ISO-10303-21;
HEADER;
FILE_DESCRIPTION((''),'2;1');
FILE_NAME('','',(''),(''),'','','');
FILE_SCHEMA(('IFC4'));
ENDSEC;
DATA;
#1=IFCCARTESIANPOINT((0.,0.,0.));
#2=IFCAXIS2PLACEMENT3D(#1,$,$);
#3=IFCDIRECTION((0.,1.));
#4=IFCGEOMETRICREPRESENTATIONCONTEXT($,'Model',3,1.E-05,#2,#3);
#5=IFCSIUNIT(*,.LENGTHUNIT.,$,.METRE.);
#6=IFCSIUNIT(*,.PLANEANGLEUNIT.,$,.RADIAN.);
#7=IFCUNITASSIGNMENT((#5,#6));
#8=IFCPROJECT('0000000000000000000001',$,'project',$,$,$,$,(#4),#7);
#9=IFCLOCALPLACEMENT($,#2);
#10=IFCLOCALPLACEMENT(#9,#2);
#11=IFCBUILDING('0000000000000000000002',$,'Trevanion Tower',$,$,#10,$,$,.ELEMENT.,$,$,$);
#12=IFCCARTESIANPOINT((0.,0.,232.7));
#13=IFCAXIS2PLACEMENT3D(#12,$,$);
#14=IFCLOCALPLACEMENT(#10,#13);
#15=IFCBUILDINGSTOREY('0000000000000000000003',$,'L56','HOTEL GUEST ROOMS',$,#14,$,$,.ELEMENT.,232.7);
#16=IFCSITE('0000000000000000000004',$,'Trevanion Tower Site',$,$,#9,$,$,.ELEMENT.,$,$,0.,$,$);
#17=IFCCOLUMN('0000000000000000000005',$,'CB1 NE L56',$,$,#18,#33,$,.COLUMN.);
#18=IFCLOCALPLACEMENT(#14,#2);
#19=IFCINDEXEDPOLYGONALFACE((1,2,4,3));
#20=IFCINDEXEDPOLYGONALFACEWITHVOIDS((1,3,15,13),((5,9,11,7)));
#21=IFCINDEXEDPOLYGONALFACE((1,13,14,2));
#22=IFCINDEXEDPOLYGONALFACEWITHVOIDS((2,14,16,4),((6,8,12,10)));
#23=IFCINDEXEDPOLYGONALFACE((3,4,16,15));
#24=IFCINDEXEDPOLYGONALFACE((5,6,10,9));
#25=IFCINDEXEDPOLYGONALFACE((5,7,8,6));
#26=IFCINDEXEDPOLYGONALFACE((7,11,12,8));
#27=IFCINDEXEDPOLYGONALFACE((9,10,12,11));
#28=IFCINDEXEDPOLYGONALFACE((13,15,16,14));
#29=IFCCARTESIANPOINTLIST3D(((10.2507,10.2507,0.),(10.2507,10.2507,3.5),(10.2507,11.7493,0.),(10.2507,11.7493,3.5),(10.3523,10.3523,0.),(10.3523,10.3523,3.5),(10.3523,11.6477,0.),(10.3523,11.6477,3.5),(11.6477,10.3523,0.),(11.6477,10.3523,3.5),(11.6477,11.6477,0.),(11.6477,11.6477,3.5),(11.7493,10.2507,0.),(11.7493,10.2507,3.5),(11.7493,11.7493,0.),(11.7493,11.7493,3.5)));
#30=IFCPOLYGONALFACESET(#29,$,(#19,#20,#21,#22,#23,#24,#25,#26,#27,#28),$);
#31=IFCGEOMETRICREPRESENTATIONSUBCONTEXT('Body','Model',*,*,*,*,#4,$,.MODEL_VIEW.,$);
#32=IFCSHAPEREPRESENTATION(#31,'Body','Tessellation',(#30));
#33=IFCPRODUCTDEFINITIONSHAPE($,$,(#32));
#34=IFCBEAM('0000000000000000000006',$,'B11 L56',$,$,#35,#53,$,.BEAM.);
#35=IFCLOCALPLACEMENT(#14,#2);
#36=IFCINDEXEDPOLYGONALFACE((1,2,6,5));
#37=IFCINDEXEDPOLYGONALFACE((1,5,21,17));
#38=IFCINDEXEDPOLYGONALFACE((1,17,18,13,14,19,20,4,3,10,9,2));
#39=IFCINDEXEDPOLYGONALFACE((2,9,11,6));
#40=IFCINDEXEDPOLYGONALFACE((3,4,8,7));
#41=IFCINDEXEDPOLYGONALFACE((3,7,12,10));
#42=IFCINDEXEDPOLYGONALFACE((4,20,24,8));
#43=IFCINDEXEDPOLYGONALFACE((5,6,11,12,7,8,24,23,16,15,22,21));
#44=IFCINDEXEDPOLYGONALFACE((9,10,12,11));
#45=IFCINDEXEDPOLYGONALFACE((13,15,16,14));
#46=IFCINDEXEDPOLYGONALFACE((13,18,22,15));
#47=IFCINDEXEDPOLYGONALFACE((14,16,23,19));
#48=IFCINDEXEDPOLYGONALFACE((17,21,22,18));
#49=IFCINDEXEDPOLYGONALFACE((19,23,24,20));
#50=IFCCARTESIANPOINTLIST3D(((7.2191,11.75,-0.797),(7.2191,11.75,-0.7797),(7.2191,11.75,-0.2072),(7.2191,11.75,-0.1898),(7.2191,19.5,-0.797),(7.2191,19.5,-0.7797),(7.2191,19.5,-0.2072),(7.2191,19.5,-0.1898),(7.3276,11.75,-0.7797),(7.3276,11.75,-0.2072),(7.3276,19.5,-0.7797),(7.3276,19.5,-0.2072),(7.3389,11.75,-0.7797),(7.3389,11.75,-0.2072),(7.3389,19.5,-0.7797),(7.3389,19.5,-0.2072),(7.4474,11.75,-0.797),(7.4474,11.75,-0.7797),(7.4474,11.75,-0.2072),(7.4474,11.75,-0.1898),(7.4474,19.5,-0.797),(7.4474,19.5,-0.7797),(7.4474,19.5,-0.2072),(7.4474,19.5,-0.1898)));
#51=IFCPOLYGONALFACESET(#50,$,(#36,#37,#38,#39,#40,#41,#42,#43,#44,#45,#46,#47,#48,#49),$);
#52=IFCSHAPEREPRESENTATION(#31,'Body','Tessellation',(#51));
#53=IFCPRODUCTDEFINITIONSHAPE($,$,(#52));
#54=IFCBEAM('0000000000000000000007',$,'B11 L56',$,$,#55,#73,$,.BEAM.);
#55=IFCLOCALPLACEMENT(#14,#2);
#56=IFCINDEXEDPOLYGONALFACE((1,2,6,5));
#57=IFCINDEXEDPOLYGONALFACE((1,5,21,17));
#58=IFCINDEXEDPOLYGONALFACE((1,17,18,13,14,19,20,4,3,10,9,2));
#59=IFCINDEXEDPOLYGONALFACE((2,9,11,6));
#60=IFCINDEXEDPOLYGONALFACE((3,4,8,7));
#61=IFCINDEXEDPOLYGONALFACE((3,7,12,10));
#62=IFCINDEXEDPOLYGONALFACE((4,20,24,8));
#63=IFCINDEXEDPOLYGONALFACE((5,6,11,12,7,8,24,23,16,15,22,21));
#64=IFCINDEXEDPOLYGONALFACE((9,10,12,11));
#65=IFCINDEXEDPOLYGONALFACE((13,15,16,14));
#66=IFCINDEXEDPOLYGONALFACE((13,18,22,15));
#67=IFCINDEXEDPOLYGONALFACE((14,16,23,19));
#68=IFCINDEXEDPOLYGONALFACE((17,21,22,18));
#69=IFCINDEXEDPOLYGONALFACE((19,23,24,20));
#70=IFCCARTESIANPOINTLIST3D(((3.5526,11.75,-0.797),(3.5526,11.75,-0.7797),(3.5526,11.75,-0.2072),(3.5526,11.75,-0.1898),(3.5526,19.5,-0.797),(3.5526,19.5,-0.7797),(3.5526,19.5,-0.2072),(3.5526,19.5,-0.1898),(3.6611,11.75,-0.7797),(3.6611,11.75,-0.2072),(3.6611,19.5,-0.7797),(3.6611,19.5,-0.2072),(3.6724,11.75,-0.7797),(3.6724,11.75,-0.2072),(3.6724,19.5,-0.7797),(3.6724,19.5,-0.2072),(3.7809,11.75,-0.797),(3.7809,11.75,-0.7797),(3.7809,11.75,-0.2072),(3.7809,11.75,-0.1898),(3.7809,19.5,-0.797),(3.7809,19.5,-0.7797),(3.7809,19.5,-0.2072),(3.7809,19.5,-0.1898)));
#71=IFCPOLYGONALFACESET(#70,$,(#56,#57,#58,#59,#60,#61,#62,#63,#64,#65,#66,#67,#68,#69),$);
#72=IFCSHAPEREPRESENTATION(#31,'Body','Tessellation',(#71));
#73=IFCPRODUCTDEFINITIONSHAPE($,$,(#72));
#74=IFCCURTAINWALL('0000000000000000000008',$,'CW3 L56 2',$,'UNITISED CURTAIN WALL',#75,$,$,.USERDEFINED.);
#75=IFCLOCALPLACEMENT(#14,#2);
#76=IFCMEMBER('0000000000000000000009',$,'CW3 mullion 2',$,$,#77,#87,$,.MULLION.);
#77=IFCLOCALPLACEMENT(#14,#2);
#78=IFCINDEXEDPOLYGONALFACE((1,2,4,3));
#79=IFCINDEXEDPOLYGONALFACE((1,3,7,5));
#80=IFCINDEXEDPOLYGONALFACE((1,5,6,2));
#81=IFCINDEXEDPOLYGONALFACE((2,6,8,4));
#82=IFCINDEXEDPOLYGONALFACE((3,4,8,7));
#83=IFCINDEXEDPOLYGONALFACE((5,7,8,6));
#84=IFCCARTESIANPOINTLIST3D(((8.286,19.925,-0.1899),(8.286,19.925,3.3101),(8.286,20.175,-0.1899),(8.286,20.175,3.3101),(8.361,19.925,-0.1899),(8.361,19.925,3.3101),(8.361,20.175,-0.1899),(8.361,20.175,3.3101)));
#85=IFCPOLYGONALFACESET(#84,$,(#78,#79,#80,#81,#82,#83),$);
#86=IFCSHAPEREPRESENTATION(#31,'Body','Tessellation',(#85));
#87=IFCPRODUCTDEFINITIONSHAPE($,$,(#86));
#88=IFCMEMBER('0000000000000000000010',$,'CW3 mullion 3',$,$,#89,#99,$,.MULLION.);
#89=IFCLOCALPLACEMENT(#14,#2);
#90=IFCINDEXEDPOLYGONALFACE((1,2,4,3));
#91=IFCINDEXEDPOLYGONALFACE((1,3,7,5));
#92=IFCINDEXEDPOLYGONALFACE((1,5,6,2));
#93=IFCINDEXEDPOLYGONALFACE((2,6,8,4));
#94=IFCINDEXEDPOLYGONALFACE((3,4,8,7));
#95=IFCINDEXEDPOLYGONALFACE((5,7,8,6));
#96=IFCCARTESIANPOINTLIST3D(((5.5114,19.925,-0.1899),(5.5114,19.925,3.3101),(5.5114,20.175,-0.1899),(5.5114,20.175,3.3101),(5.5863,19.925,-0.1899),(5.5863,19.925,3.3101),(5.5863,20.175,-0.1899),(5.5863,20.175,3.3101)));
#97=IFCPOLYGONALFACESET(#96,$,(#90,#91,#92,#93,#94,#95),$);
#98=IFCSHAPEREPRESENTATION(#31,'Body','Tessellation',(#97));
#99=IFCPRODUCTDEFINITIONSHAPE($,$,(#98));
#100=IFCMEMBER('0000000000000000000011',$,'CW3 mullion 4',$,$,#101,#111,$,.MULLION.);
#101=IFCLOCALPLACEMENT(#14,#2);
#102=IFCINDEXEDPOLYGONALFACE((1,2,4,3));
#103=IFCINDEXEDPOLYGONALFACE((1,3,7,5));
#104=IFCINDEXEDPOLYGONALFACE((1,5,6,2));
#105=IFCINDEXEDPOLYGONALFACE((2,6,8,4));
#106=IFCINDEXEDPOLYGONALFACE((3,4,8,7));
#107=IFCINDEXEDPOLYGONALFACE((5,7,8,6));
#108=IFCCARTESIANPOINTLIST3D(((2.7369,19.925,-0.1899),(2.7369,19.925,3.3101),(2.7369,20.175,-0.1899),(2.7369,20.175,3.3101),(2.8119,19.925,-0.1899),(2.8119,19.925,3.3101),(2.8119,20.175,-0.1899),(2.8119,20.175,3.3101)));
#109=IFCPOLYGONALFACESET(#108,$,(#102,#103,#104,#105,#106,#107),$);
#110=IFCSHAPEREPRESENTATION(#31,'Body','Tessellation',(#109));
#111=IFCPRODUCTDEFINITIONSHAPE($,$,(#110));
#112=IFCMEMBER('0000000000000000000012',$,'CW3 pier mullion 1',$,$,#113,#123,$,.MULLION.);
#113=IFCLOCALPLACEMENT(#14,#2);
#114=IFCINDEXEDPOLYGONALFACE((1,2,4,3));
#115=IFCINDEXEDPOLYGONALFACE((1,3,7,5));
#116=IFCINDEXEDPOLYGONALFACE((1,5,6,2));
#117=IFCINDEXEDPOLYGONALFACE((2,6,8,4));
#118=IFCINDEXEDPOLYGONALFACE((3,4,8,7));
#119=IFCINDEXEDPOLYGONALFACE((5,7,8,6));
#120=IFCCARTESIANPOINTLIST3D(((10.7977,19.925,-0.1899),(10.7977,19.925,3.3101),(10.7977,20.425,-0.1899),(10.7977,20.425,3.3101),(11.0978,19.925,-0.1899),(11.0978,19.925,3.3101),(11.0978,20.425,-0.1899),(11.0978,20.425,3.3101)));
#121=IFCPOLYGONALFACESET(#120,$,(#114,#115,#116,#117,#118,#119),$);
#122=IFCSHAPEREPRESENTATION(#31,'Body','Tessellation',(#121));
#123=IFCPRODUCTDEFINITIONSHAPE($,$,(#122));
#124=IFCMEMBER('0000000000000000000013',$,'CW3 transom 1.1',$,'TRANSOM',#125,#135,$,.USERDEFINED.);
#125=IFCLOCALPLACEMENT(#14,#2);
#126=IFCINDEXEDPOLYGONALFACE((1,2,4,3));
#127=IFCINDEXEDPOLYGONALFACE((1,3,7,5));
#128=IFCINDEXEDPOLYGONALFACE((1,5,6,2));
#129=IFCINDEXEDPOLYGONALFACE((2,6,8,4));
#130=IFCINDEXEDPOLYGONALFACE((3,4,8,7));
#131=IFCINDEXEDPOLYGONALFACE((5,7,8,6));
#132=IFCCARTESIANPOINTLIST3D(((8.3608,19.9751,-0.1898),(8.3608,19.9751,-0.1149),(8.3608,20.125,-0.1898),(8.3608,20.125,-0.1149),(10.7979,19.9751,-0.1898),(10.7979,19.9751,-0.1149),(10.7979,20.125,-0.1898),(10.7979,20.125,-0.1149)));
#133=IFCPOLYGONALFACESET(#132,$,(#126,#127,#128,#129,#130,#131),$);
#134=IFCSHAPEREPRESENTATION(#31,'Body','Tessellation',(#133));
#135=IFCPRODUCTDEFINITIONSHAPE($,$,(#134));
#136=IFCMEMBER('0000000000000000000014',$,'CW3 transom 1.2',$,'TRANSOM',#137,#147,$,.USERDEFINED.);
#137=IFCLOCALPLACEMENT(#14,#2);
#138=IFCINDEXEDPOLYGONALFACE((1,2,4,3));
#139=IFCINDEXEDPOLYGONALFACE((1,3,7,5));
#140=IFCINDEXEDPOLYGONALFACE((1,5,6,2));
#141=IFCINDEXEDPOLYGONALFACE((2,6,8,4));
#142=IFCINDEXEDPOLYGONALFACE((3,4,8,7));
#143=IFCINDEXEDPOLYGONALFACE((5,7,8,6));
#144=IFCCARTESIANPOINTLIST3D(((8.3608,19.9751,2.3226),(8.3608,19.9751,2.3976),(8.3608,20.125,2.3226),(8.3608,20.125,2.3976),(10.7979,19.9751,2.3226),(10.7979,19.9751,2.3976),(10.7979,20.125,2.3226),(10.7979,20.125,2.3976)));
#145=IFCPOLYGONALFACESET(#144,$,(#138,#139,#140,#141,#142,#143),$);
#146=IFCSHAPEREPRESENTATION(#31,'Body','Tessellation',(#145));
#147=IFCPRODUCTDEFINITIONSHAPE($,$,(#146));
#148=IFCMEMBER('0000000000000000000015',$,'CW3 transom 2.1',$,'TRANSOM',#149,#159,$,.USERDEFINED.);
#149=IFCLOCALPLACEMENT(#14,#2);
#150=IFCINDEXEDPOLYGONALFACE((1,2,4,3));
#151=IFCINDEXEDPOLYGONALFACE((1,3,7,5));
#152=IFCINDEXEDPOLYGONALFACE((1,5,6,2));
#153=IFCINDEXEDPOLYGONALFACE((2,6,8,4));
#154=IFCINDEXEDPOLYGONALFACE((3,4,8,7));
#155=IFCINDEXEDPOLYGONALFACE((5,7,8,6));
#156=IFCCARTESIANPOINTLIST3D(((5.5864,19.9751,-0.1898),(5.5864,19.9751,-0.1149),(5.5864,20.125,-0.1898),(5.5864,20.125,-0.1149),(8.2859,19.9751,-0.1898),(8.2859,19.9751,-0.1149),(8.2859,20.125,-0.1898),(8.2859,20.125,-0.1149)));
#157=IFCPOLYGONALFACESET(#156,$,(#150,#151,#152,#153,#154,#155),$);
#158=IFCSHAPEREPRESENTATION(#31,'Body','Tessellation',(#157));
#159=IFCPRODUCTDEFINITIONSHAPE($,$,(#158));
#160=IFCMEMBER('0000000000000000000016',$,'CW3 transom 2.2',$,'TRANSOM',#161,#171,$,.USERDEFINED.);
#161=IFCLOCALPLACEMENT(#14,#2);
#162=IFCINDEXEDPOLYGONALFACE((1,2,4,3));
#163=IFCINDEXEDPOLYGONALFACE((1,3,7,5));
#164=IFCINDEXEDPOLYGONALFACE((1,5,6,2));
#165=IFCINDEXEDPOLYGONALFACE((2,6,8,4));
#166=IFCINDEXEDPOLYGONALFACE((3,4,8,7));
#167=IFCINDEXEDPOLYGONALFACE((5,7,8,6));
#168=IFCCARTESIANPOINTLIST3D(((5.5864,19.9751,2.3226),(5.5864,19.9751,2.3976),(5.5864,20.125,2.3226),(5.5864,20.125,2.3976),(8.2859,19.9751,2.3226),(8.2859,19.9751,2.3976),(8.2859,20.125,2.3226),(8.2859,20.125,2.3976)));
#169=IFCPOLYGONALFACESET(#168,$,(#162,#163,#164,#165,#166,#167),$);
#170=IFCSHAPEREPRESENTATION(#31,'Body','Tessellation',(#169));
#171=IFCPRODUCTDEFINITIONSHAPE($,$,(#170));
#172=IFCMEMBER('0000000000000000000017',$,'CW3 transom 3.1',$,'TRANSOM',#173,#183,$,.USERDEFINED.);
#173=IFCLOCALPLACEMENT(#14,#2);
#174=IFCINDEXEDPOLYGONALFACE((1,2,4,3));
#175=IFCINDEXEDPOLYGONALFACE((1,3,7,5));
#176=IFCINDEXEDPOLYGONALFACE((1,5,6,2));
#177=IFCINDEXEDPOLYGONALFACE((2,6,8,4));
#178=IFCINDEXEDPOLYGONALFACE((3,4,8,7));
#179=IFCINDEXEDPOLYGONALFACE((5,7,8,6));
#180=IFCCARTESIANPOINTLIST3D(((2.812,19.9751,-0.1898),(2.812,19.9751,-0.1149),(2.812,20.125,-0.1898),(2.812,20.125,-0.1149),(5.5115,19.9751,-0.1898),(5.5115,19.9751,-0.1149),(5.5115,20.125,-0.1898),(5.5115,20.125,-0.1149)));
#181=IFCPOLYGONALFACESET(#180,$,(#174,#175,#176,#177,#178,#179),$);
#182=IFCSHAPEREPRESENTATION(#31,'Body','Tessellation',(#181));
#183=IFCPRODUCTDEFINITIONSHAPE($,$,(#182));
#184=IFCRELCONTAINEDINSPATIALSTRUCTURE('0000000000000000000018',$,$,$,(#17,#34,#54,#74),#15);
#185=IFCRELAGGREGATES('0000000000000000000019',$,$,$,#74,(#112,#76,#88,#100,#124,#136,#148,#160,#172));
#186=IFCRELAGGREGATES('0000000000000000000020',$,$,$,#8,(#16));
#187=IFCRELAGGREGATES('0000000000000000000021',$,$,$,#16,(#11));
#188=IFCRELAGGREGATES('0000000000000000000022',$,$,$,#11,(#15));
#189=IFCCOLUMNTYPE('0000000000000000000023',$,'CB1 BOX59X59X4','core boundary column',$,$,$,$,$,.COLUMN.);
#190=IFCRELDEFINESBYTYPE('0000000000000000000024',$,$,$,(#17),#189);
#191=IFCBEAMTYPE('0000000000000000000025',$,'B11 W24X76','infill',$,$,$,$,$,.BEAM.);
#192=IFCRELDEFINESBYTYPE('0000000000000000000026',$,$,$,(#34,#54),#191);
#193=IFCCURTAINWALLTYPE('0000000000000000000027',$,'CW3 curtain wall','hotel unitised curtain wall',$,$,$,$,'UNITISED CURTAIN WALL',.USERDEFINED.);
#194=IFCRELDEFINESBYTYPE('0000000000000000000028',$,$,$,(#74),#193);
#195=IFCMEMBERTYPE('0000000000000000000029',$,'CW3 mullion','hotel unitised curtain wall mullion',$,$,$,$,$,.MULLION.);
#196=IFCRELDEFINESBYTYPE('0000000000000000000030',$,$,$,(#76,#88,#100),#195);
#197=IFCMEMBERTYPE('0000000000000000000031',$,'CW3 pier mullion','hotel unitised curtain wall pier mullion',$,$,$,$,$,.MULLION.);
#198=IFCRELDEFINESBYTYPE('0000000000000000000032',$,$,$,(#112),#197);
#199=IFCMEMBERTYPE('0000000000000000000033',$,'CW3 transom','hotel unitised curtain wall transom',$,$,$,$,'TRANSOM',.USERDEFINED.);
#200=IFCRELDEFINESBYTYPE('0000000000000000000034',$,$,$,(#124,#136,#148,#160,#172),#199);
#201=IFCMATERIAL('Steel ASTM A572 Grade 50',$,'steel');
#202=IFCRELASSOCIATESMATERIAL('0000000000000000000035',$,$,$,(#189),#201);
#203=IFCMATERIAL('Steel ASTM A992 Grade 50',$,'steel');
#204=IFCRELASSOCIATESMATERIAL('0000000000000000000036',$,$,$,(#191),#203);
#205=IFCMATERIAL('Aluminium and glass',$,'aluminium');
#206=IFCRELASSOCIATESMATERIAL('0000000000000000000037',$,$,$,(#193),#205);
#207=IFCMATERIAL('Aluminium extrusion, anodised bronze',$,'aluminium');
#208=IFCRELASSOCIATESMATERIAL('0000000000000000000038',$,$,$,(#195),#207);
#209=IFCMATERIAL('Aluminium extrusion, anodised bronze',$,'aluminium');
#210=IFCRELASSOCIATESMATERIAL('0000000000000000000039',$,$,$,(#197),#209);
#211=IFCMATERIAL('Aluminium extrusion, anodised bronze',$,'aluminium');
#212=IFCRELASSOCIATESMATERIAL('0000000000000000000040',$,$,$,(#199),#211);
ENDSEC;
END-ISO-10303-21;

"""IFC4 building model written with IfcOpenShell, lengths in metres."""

from ifc_helpers import new_model, si_unit, direction, frame, origin, origin_2d, place, context, subcontext, project, spatial, rectangle, hollow_rectangle, i_section, extrude, material, material_profile, profile_set, type_object, element, aggregate, save


model = new_model("IFC4")

# Units and contexts
model_context = context("Model", 3, precision=1e-05, world=origin(), true_north=direction((0.0, 1.0)))
body_context = subcontext(model_context, "Body", "Model", "MODEL_VIEW")
ifc_project = project(units=[si_unit("LENGTHUNIT", "METRE"), si_unit("PLANEANGLEUNIT", "RADIAN")], contexts=[model_context])

# Site, building, storey
site_placement = place(None, origin())
site = spatial("IfcSite", under=ifc_project, at=site_placement, Name="Trevanion Tower Site", CompositionType="ELEMENT", RefElevation=0.0)
building_placement = place(site_placement, origin())
building = spatial("IfcBuilding", under=site, at=building_placement, Name="Trevanion Tower", CompositionType="ELEMENT")
storey_placement = place(building_placement, frame((0.0, 0.0, 232.7)))
storey = spatial("IfcBuildingStorey", under=building, at=storey_placement, Name="L56", Description="HOTEL GUEST ROOMS", CompositionType="ELEMENT", Elevation=232.7)

# Column
ifc_material_1 = material(Name="Steel ASTM A572 Grade 50", Category="steel")
ifc_material_profile_1 = material_profile(ifc_material_1, hollow_rectangle(XDim=1.4985, YDim=1.4985, WallThickness=0.1016, at=origin_2d()), Name="BOX59X59X4")
ifc_profile_set_1 = profile_set([ifc_material_profile_1], Name="Steel ASTM A572 Grade 50")
column_type = type_object("IfcColumnType", Name="CB1 BOX59X59X4", Description="core boundary column", PredefinedType="COLUMN", material=ifc_profile_set_1)
column_placement = place(storey_placement, frame((11.0, 11.0, 0.0), z_axis=(0.0, 0.0, 1.0), x_axis=(1.0, 0.0, 0.0)))
element("IfcColumn", 1, at=column_placement, inside=storey, type_object=column_type, Name="CB1 NE L56", PredefinedType="COLUMN", context=body_context, shape_type="SweptSolid", body=[
    extrude(hollow_rectangle(XDim=1.4985, YDim=1.4985, WallThickness=0.1016, at=origin_2d()), origin(), (0.0, 0.0, 1.0), 3.5),
])

# Beams
ifc_material_2 = material(Name="Steel ASTM A992 Grade 50", Category="steel")
ifc_material_profile_2 = material_profile(ifc_material_2, i_section(OverallWidth=0.2283, OverallDepth=0.6072, WebThickness=0.0112, FlangeThickness=0.0173, at=origin_2d()), Name="W24X76")
ifc_profile_set_2 = profile_set([ifc_material_profile_2], Name="Steel ASTM A992 Grade 50")
beam_type_1 = type_object("IfcBeamType", Name="B11 W24X76", Description="infill", PredefinedType="BEAM", material=ifc_profile_set_2)
for number, where, z_axis, x_axis, name in (
    (2, (7.3333, 11.75, -0.4934), (0.0, 1.0, 0.0), (-1.0, 0.0, 0.0), "B11 L56"),
    (3, (3.6667, 11.75, -0.4934), (0.0, 1.0, 0.0), (-1.0, 0.0, 0.0), "B11 L56"),
):
    element("IfcBeam", number, at=place(storey_placement, frame(where, z_axis=z_axis, x_axis=x_axis)), inside=storey, type_object=beam_type_1, Name=name, PredefinedType="BEAM", context=body_context, shape_type="SweptSolid", body=[
        extrude(i_section(OverallWidth=0.2283, OverallDepth=0.6072, WebThickness=0.0112, FlangeThickness=0.0173, at=origin_2d()), origin(), (0.0, 0.0, 1.0), 7.75),
    ])

# Curtain wall, members
ifc_material_3 = material(Name="Aluminium and glass", Category="aluminium")
curtain_wall_type = type_object("IfcCurtainWallType", Name="CW3 curtain wall", Description="hotel unitised curtain wall", ElementType="UNITISED CURTAIN WALL", PredefinedType="USERDEFINED", material=ifc_material_3)
curtain_wall_placement = place(storey_placement, origin())
curtain_wall = element("IfcCurtainWall", 4, at=curtain_wall_placement, inside=storey, type_object=curtain_wall_type, Name="CW3 L56 2", ObjectType="UNITISED CURTAIN WALL", PredefinedType="USERDEFINED")
ifc_material_4 = material(Name="Aluminium extrusion, anodised bronze", Category="aluminium")
ifc_material_profile_3 = material_profile(ifc_material_4, rectangle(XDim=0.075, YDim=0.25, at=origin_2d()), Name="CW3 mullion")
ifc_profile_set_3 = profile_set([ifc_material_profile_3], Name="Aluminium extrusion, anodised bronze")
member_type_1 = type_object("IfcMemberType", Name="CW3 mullion", Description="hotel unitised curtain wall mullion", PredefinedType="MULLION", material=ifc_profile_set_3)
member_1_placement = place(storey_placement, frame((8.3235, 20.05, -0.1899), z_axis=(0.0, 0.0, 1.0), x_axis=(-1.0, 0.0, 0.0)))
member_1 = element("IfcMember", 5, at=member_1_placement, type_object=member_type_1, Name="CW3 mullion 2", PredefinedType="MULLION", context=body_context, shape_type="SweptSolid", body=[
    extrude(rectangle(XDim=0.075, YDim=0.25, at=origin_2d()), origin(), (0.0, 0.0, 1.0), 3.5),
])
member_2_placement = place(storey_placement, frame((5.5488, 20.05, -0.1899), z_axis=(0.0, 0.0, 1.0), x_axis=(-1.0, 0.0, 0.0)))
member_2 = element("IfcMember", 6, at=member_2_placement, type_object=member_type_1, Name="CW3 mullion 3", PredefinedType="MULLION", context=body_context, shape_type="SweptSolid", body=[
    extrude(rectangle(XDim=0.075, YDim=0.25, at=origin_2d()), origin(), (0.0, 0.0, 1.0), 3.5),
])
member_3_placement = place(storey_placement, frame((2.7744, 20.05, -0.1899), z_axis=(0.0, 0.0, 1.0), x_axis=(-1.0, 0.0, 0.0)))
member_3 = element("IfcMember", 7, at=member_3_placement, type_object=member_type_1, Name="CW3 mullion 4", PredefinedType="MULLION", context=body_context, shape_type="SweptSolid", body=[
    extrude(rectangle(XDim=0.075, YDim=0.25, at=origin_2d()), origin(), (0.0, 0.0, 1.0), 3.5),
])
ifc_material_5 = material(Name="Aluminium extrusion, anodised bronze", Category="aluminium")
ifc_material_profile_4 = material_profile(ifc_material_5, rectangle(XDim=0.3, YDim=0.5, at=origin_2d()), Name="CW3 pier mullion")
ifc_profile_set_4 = profile_set([ifc_material_profile_4], Name="Aluminium extrusion, anodised bronze")
member_type_2 = type_object("IfcMemberType", Name="CW3 pier mullion", Description="hotel unitised curtain wall pier mullion", PredefinedType="MULLION", material=ifc_profile_set_4)
member_4_placement = place(storey_placement, frame((10.9478, 20.175, -0.1899), z_axis=(0.0, 0.0, 1.0), x_axis=(-1.0, 0.0, 0.0)))
member_4 = element("IfcMember", 8, at=member_4_placement, type_object=member_type_2, Name="CW3 pier mullion 1", PredefinedType="MULLION", context=body_context, shape_type="SweptSolid", body=[
    extrude(rectangle(XDim=0.3, YDim=0.5, at=origin_2d()), origin(), (0.0, 0.0, 1.0), 3.5),
])
ifc_material_6 = material(Name="Aluminium extrusion, anodised bronze", Category="aluminium")
ifc_material_profile_5 = material_profile(ifc_material_6, rectangle(XDim=0.1499, YDim=0.075, at=origin_2d()), Name="CW3 transom")
ifc_profile_set_5 = profile_set([ifc_material_profile_5], Name="Aluminium extrusion, anodised bronze")
member_type_3 = type_object("IfcMemberType", Name="CW3 transom", Description="hotel unitised curtain wall transom", ElementType="TRANSOM", PredefinedType="USERDEFINED", material=ifc_profile_set_5)
member_5_placement = place(storey_placement, frame((10.7979, 20.05, -0.1523), z_axis=(-1.0, 0.0, 0.0), x_axis=(0.0, -1.0, 0.0)))
member_5 = element("IfcMember", 9, at=member_5_placement, type_object=member_type_3, Name="CW3 transom 1.1", ObjectType="TRANSOM", PredefinedType="USERDEFINED", context=body_context, shape_type="SweptSolid", body=[
    extrude(rectangle(XDim=0.1499, YDim=0.075, at=origin_2d()), origin(), (0.0, 0.0, 1.0), 2.437),
])
member_6_placement = place(storey_placement, frame((10.7979, 20.05, 2.3601), z_axis=(-1.0, 0.0, 0.0), x_axis=(0.0, -1.0, 0.0)))
member_6 = element("IfcMember", 10, at=member_6_placement, type_object=member_type_3, Name="CW3 transom 1.2", ObjectType="TRANSOM", PredefinedType="USERDEFINED", context=body_context, shape_type="SweptSolid", body=[
    extrude(rectangle(XDim=0.1499, YDim=0.075, at=origin_2d()), origin(), (0.0, 0.0, 1.0), 2.437),
])
member_7_placement = place(storey_placement, frame((8.2859, 20.05, -0.1523), z_axis=(-1.0, 0.0, 0.0), x_axis=(0.0, -1.0, 0.0)))
member_7 = element("IfcMember", 11, at=member_7_placement, type_object=member_type_3, Name="CW3 transom 2.1", ObjectType="TRANSOM", PredefinedType="USERDEFINED", context=body_context, shape_type="SweptSolid", body=[
    extrude(rectangle(XDim=0.1499, YDim=0.075, at=origin_2d()), origin(), (0.0, 0.0, 1.0), 2.6995),
])
member_8_placement = place(storey_placement, frame((8.2859, 20.05, 2.3601), z_axis=(-1.0, 0.0, 0.0), x_axis=(0.0, -1.0, 0.0)))
member_8 = element("IfcMember", 12, at=member_8_placement, type_object=member_type_3, Name="CW3 transom 2.2", ObjectType="TRANSOM", PredefinedType="USERDEFINED", context=body_context, shape_type="SweptSolid", body=[
    extrude(rectangle(XDim=0.1499, YDim=0.075, at=origin_2d()), origin(), (0.0, 0.0, 1.0), 2.6995),
])
member_9_placement = place(storey_placement, frame((5.5115, 20.05, -0.1523), z_axis=(-1.0, 0.0, 0.0), x_axis=(0.0, -1.0, 0.0)))
member_9 = element("IfcMember", 13, at=member_9_placement, type_object=member_type_3, Name="CW3 transom 3.1", ObjectType="TRANSOM", PredefinedType="USERDEFINED", context=body_context, shape_type="SweptSolid", body=[
    extrude(rectangle(XDim=0.1499, YDim=0.075, at=origin_2d()), origin(), (0.0, 0.0, 1.0), 2.6995),
])

aggregate(curtain_wall, [member_4, member_1, member_2, member_3, member_5, member_6, member_7, member_8, member_9])

save(model, "model.ifc")
